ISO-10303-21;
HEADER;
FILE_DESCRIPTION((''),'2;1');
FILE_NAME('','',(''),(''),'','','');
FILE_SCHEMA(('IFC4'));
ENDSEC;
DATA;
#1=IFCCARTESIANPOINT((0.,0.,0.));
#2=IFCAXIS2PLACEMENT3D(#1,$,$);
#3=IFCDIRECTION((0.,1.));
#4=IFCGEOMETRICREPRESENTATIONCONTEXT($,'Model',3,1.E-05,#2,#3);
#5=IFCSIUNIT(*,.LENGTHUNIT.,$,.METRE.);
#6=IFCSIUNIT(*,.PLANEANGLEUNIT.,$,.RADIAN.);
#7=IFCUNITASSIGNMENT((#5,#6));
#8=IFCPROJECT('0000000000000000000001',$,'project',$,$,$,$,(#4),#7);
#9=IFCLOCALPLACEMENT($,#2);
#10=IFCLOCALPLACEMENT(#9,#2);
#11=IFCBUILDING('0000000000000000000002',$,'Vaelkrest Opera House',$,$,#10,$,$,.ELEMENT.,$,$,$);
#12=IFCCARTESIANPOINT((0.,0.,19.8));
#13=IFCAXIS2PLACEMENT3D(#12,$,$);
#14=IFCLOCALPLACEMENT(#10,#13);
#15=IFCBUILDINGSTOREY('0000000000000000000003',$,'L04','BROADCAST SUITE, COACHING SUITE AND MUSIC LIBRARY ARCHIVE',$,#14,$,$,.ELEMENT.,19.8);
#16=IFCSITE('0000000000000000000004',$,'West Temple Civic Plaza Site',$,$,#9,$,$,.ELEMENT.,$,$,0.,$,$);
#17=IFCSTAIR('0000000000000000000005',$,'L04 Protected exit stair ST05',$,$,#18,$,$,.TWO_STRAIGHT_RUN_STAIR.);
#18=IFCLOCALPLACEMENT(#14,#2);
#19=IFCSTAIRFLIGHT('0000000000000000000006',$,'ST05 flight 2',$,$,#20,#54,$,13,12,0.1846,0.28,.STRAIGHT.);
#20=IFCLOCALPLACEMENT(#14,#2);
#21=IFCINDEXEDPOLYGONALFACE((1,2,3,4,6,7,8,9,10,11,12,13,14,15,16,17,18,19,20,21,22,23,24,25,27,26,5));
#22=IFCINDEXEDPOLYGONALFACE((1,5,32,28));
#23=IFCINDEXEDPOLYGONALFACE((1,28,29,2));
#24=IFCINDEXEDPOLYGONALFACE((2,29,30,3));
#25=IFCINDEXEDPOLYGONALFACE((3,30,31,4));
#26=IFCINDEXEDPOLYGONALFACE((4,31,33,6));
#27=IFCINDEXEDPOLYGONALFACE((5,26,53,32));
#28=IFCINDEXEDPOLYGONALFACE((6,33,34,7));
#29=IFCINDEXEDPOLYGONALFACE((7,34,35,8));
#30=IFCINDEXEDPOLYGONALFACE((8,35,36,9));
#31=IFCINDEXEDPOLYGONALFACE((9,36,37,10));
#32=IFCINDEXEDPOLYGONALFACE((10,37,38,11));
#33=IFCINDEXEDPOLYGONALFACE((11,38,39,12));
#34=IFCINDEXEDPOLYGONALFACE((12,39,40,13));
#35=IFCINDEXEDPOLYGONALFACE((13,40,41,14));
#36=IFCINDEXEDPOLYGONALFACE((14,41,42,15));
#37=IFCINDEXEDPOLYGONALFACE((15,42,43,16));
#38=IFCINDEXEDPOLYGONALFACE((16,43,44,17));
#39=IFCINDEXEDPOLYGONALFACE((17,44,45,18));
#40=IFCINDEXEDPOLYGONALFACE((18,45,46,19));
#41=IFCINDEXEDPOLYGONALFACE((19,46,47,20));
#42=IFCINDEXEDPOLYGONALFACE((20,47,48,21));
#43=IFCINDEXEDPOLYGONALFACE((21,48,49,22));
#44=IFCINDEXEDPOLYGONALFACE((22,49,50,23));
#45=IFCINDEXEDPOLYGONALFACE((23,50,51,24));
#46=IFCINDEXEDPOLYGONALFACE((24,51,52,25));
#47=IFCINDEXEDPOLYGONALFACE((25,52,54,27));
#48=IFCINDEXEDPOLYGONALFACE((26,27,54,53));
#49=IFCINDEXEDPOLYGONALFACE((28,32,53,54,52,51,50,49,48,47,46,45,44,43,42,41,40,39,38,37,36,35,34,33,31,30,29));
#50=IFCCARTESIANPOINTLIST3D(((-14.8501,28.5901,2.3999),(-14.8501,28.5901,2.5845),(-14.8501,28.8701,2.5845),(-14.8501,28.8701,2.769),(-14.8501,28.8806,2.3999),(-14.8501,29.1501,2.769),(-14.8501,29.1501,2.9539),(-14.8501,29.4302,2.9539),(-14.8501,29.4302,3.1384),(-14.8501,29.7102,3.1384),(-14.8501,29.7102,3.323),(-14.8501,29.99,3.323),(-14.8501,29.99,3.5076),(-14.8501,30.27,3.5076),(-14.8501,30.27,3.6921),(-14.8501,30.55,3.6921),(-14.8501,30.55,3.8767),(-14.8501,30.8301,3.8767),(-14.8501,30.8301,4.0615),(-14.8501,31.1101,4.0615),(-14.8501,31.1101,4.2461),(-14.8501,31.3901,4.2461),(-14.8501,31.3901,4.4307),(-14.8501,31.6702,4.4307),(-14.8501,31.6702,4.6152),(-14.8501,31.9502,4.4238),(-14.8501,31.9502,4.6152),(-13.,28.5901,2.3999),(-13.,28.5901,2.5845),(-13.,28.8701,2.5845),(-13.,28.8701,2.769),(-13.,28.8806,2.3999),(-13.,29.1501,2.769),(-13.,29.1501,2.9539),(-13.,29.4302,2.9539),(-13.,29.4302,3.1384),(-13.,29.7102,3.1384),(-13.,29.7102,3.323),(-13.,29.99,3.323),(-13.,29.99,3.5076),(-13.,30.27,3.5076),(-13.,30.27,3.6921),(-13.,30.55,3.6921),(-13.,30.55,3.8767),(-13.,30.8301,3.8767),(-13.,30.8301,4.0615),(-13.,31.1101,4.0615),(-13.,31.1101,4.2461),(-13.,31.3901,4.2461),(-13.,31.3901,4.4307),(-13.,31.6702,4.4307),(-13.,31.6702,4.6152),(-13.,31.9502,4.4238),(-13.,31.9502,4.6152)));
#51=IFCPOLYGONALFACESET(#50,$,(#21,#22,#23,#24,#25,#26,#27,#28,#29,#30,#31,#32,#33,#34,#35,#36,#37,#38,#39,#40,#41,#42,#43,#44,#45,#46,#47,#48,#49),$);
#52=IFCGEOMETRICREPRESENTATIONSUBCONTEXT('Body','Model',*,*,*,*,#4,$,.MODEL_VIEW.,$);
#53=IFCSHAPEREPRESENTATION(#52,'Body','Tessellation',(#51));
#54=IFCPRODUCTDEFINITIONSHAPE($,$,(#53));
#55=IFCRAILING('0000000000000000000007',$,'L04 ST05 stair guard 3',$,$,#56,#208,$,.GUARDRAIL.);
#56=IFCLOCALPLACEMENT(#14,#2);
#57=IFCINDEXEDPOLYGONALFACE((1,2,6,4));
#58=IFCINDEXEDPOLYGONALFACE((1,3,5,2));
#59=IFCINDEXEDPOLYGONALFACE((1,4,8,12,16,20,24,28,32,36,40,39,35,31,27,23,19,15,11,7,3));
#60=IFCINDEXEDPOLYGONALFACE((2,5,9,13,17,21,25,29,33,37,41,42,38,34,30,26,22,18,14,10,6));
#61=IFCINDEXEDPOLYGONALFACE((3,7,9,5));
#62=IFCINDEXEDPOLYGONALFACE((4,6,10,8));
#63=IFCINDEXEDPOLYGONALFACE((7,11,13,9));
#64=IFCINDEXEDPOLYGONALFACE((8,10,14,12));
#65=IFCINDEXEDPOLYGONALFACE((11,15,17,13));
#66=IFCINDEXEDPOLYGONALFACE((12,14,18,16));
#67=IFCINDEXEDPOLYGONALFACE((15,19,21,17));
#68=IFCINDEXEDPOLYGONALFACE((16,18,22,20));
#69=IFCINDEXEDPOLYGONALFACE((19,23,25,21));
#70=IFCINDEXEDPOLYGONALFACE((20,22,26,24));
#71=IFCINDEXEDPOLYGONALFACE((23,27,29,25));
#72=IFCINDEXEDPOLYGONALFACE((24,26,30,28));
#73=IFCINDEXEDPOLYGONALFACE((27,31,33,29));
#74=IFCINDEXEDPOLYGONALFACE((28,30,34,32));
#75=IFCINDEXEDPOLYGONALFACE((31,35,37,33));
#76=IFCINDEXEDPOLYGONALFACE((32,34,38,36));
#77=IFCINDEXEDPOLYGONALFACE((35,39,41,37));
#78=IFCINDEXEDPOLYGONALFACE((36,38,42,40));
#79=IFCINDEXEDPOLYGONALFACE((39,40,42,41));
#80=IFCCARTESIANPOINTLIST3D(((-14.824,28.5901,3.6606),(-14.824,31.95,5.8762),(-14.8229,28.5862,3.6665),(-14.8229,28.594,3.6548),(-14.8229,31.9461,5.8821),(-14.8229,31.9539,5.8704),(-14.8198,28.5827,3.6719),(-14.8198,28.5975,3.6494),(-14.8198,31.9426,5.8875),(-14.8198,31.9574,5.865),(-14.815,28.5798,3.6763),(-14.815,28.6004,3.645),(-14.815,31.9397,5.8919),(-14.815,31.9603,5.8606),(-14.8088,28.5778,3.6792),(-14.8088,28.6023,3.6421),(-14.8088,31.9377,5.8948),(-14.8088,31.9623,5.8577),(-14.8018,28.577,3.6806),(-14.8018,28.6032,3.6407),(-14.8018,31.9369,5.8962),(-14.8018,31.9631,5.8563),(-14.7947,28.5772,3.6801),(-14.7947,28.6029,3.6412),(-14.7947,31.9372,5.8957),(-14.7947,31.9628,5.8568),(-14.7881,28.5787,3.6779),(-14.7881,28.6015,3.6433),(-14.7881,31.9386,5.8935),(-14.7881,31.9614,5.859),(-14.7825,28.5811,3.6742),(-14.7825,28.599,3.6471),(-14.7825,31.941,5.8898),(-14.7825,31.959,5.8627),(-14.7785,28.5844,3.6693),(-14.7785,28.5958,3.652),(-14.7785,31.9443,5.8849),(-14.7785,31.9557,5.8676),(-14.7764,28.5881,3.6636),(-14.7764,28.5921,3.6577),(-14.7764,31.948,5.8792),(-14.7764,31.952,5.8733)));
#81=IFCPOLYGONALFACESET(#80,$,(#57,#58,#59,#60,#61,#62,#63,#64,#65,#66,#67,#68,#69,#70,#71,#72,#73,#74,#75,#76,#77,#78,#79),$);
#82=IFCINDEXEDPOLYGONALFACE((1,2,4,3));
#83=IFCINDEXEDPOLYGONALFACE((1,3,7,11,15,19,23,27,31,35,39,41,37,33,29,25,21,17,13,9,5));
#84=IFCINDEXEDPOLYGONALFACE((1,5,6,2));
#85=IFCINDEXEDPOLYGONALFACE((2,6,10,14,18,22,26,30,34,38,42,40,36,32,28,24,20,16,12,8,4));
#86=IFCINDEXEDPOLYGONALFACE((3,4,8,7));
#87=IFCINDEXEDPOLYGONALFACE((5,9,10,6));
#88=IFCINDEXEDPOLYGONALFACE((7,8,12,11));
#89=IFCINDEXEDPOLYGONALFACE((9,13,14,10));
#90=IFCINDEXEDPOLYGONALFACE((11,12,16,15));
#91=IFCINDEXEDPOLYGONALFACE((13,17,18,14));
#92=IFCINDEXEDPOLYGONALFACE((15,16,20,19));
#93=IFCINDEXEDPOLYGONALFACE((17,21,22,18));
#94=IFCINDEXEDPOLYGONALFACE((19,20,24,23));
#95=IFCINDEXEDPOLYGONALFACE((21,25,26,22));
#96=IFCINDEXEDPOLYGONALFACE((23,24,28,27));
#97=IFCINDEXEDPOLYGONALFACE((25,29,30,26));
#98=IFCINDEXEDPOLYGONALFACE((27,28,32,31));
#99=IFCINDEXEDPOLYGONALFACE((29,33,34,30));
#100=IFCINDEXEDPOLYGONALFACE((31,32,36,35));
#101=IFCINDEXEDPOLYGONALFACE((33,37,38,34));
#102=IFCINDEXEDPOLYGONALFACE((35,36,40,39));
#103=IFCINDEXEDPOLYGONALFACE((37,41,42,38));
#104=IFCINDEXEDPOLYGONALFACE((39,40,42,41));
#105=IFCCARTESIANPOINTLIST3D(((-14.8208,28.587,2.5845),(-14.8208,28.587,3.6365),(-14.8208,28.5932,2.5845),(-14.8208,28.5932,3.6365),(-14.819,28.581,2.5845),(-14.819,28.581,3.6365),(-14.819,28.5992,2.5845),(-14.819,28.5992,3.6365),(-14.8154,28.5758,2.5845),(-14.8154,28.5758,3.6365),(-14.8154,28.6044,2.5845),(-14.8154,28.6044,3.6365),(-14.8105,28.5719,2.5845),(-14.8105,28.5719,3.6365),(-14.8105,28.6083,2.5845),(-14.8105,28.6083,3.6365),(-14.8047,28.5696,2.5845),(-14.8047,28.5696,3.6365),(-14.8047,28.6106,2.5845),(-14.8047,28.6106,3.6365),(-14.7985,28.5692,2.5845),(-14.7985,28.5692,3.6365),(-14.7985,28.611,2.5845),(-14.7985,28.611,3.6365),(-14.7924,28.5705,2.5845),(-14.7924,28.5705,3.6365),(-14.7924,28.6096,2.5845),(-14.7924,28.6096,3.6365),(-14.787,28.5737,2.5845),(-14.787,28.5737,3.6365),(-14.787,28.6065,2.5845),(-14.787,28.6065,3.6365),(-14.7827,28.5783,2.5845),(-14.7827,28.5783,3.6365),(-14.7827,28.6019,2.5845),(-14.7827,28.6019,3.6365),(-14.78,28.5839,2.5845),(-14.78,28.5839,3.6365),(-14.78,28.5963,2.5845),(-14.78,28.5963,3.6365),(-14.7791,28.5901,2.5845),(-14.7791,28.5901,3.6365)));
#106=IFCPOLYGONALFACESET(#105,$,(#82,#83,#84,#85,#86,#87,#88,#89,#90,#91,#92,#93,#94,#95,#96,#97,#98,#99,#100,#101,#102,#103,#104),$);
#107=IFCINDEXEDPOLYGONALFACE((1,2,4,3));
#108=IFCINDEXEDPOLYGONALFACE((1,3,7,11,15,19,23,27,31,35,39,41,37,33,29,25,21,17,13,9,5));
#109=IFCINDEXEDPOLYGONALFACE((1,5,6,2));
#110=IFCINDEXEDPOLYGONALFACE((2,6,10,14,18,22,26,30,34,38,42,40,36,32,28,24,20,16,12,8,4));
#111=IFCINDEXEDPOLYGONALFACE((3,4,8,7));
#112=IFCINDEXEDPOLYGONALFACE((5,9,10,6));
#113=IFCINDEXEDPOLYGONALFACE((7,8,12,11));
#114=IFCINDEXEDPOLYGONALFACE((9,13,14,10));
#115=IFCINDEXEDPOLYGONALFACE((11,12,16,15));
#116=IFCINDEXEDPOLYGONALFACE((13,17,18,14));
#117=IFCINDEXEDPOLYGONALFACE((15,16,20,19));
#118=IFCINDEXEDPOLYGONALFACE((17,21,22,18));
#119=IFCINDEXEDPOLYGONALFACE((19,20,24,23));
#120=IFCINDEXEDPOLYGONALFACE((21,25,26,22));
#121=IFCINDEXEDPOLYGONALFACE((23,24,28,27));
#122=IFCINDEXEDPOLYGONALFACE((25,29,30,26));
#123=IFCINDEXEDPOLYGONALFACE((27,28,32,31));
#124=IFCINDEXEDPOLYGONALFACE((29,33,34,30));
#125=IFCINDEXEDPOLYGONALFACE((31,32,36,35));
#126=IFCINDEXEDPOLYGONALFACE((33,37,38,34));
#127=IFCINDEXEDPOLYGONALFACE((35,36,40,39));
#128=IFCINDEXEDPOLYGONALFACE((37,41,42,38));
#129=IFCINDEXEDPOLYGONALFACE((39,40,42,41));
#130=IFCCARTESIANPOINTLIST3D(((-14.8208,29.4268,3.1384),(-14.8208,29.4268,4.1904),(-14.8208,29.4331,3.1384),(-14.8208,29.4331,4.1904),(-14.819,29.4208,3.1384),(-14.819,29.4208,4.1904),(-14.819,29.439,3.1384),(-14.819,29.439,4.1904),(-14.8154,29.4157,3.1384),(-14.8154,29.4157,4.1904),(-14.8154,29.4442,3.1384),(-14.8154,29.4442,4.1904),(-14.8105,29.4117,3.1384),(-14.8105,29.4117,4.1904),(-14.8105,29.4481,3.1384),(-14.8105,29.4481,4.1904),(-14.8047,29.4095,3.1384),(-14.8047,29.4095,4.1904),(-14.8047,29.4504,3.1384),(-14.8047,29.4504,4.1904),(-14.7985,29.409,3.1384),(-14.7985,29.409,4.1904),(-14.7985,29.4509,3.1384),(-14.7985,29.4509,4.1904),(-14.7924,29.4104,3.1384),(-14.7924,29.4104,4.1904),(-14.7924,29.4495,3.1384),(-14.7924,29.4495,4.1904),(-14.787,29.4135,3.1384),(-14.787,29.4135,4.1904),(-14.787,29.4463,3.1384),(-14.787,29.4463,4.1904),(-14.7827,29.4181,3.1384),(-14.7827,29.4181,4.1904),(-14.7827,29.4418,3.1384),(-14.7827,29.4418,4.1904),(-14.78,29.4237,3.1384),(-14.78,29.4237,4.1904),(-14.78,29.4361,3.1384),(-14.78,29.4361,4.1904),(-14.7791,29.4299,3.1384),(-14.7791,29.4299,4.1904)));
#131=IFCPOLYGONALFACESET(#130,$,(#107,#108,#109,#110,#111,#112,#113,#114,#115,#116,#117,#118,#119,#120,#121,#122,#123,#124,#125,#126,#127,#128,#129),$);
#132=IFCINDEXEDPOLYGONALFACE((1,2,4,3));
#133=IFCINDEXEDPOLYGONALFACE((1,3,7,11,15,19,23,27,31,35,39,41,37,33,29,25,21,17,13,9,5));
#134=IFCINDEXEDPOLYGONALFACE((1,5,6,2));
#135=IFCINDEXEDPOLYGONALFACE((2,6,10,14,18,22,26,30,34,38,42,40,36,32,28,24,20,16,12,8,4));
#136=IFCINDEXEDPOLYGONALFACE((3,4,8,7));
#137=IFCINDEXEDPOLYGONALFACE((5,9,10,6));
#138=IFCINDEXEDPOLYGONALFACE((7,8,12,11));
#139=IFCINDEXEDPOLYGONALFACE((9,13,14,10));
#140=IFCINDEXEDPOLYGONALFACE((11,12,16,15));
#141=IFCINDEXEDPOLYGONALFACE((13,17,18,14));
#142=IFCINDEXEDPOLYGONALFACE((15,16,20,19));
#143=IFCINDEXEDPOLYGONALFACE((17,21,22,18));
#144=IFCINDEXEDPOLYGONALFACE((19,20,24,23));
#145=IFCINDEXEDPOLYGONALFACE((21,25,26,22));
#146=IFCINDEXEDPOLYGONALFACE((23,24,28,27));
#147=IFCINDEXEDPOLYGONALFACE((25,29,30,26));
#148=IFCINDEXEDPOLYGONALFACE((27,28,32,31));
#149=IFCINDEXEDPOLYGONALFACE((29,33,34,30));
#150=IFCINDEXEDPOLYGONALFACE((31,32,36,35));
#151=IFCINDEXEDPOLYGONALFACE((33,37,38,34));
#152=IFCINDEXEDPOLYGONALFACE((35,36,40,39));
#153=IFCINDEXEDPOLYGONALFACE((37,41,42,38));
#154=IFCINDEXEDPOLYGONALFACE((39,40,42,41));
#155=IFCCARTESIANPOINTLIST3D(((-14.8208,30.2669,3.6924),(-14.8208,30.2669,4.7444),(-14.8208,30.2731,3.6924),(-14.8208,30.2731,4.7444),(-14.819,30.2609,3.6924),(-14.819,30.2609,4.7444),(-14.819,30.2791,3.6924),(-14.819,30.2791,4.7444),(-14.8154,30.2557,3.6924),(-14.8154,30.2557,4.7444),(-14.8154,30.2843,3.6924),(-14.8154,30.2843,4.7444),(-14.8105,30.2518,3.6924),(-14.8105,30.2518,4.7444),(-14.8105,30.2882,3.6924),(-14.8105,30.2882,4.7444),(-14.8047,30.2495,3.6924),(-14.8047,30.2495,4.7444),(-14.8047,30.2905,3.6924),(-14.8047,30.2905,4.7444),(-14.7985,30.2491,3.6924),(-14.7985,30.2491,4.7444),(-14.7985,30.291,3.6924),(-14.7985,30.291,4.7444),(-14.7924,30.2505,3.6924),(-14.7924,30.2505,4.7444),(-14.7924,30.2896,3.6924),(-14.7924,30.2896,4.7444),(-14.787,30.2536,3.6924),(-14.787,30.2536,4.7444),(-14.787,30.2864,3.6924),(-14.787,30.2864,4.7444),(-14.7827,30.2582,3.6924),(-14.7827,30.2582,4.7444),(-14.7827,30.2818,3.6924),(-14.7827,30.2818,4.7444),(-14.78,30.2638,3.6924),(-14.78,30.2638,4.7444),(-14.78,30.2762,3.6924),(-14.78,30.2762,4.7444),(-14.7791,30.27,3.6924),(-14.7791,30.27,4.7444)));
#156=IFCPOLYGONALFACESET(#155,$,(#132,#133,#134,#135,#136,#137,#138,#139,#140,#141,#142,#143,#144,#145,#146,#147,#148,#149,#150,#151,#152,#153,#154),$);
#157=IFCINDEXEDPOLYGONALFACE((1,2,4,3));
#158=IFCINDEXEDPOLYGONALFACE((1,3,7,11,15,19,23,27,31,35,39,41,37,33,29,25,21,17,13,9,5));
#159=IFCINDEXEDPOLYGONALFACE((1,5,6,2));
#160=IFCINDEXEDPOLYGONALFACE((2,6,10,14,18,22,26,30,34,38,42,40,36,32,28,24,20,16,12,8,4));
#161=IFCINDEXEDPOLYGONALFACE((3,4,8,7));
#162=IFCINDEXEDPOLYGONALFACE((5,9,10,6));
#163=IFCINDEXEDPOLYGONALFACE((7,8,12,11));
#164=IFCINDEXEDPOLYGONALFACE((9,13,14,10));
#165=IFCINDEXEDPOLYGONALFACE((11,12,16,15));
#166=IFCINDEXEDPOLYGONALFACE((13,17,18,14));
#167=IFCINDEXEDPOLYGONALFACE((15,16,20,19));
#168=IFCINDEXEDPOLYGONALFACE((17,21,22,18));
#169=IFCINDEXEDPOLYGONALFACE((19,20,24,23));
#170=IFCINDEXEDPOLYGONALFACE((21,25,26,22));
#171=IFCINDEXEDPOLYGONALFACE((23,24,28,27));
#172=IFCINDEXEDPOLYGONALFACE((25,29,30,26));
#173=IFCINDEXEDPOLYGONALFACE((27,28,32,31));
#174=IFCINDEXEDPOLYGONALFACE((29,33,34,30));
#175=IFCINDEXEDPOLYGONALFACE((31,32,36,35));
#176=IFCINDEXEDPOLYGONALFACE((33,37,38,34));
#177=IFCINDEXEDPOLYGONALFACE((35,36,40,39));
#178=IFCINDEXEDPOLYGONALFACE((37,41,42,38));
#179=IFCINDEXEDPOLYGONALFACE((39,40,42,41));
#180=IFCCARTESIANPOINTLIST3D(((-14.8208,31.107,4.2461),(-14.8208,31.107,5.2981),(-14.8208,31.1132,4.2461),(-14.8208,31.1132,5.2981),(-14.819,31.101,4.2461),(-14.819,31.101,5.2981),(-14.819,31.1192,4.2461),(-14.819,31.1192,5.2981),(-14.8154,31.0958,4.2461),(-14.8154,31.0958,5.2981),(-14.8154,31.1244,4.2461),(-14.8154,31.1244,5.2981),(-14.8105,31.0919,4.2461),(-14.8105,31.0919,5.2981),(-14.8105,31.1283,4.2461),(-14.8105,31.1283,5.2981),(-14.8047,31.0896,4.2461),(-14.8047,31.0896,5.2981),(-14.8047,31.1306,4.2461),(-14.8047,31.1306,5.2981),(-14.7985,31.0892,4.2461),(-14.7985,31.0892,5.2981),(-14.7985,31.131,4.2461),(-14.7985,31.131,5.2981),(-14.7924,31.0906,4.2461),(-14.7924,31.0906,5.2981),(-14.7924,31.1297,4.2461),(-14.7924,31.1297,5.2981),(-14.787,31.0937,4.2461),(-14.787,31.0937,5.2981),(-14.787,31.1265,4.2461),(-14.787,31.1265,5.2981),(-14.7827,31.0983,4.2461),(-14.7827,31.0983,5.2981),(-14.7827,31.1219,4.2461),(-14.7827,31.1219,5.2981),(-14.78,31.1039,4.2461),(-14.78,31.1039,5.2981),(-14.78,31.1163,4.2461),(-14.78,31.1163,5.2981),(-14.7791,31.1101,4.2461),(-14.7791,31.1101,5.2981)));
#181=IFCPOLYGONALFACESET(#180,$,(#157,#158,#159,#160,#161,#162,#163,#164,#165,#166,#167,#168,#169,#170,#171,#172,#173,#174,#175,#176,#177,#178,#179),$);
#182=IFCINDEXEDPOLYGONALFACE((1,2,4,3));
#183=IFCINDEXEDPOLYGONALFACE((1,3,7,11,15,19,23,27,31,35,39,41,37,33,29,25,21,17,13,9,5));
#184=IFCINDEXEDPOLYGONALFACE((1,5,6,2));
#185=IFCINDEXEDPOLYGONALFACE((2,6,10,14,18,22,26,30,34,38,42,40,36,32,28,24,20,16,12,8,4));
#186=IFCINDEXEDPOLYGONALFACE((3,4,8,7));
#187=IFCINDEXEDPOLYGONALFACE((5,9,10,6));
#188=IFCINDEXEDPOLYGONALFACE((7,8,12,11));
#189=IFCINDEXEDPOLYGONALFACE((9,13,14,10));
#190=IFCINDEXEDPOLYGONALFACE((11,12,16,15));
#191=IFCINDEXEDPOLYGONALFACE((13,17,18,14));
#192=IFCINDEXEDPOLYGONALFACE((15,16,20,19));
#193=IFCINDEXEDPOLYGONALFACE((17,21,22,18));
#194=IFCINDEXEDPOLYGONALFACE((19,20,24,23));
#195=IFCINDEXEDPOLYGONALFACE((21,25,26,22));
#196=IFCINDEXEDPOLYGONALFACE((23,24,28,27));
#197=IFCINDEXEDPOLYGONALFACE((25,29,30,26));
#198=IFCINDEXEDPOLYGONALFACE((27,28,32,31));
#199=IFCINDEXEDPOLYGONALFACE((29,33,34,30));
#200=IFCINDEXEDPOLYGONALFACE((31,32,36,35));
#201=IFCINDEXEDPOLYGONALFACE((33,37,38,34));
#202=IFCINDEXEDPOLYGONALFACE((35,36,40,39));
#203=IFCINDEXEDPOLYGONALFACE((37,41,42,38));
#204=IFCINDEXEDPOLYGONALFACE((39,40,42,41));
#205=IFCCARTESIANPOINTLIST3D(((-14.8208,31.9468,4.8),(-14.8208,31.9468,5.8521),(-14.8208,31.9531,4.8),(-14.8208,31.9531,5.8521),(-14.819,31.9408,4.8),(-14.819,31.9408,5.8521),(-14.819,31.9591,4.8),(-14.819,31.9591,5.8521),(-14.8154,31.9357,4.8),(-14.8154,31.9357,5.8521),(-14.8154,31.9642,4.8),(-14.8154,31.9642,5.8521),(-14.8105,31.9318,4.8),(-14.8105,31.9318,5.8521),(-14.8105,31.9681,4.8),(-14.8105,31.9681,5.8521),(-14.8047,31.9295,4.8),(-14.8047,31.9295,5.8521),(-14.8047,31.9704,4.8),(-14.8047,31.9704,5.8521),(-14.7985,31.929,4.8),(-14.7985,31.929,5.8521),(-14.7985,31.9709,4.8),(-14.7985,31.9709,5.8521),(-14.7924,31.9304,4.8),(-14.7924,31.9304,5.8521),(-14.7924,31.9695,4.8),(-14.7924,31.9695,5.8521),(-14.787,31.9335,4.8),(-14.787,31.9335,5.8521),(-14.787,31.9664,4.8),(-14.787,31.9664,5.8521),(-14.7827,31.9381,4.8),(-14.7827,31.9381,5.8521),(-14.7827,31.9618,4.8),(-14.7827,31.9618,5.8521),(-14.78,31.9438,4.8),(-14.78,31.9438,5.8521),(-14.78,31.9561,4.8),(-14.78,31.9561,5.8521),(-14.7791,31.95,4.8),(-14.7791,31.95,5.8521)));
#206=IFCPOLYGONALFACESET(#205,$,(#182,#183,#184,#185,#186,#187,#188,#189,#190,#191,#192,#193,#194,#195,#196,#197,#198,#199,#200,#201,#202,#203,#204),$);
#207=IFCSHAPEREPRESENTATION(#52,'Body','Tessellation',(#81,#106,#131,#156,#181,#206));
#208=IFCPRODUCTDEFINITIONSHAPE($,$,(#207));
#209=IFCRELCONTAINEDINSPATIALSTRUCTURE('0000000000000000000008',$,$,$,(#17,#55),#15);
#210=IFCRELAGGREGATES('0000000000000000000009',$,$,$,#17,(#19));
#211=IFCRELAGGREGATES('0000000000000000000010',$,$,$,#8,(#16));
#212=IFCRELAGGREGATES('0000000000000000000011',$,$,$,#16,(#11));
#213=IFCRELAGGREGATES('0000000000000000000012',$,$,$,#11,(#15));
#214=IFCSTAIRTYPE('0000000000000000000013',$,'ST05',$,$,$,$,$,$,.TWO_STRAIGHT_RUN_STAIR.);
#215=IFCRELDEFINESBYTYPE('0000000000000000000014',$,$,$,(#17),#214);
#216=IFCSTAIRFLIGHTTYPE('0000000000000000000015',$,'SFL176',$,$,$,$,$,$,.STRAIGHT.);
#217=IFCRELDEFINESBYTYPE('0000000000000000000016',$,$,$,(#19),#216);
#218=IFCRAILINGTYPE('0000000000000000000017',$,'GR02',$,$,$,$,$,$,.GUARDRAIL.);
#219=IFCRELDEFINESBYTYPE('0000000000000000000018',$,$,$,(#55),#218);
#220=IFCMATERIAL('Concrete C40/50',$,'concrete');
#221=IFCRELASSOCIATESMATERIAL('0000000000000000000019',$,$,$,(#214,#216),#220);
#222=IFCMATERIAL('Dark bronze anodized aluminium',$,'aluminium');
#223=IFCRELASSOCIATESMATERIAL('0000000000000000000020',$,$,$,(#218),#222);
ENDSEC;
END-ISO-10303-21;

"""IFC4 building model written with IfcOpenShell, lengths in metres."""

from ifc_helpers import new_model, si_unit, direction, frame, origin, origin_2d, place, context, subcontext, project, spatial, polyline, circle, outline, extrude, material, type_object, element, aggregate, save


model = new_model("IFC4")

# Units and contexts
model_context = context("Model", 3, precision=1e-05, world=origin(), true_north=direction((0.0, 1.0)))
body_context = subcontext(model_context, "Body", "Model", "MODEL_VIEW")
ifc_project = project(units=[si_unit("LENGTHUNIT", "METRE"), si_unit("PLANEANGLEUNIT", "RADIAN")], contexts=[model_context])

# Site, building, storey
site_placement = place(None, origin())
site = spatial("IfcSite", under=ifc_project, at=site_placement, Name="West Temple Civic Plaza Site", CompositionType="ELEMENT", RefElevation=0.0)
building_placement = place(site_placement, origin())
building = spatial("IfcBuilding", under=site, at=building_placement, Name="Vaelkrest Opera House", CompositionType="ELEMENT")
storey_placement = place(building_placement, frame((0.0, 0.0, 19.8)))
storey = spatial("IfcBuildingStorey", under=building, at=storey_placement, Name="L04", Description="BROADCAST SUITE, COACHING SUITE AND MUSIC LIBRARY ARCHIVE", CompositionType="ELEMENT", Elevation=19.8)

# Shared definitions
ifc_material_1 = material(Name="Concrete C40/50", Category="concrete")

# Stair, stair flight
stair_type = type_object("IfcStairType", Name="ST05", PredefinedType="TWO_STRAIGHT_RUN_STAIR", material=ifc_material_1)
stair_placement = place(storey_placement, origin())
stair = element("IfcStair", 1, at=stair_placement, inside=storey, type_object=stair_type, Name="L04 Protected exit stair ST05", PredefinedType="TWO_STRAIGHT_RUN_STAIR")
stair_flight_type = type_object("IfcStairFlightType", Name="SFL176", PredefinedType="STRAIGHT", material=ifc_material_1)
stair_flight_placement = place(storey_placement, frame((-13.925, 28.5901, 2.3999), z_axis=(0.0, 0.0, 1.0), x_axis=(0.0, 1.0, 0.0)))
stair_flight = element("IfcStairFlight", 2, at=stair_flight_placement, type_object=stair_flight_type, Name="ST05 flight 2", NumberOfRisers=13, NumberOfTreads=12, PredefinedType="STRAIGHT", RiserHeight=0.1846, TreadLength=0.28, context=body_context, shape_type="SweptSolid", body=[
    extrude(outline(polyline([(0.0, 0.0), (0.0, 0.1846), (0.28, 0.1846), (0.28, 0.3691), (0.5601, 0.3691), (0.5601, 0.554), (0.8401, 0.554), (0.8401, 0.7385), (1.1201, 0.7385), (1.1201, 0.9231), (1.3999, 0.9231), (1.3999, 1.1077), (1.6799, 1.1077), (1.6799, 1.2922), (1.96, 1.2922), (1.96, 1.4768), (2.24, 1.4768), (2.24, 1.6616), (2.52, 1.6616), (2.52, 1.8462), (2.8, 1.8462), (2.8, 2.0308), (3.0801, 2.0308), (3.0801, 2.2153), (3.3601, 2.2153), (3.3601, 2.3999), (3.3601, 2.0239), (0.2905, 0.0), (0.0, 0.0)])), frame((0.0, 0.925, 0.0), z_axis=(0.0, -1.0, 0.0), x_axis=(1.0, 0.0, 0.0)), (0.0, 0.0, 1.0), 1.8501),
])
aggregate(stair, [stair_flight])

# Railing
ifc_material_2 = material(Name="Dark bronze anodized aluminium", Category="aluminium")
railing_type_1 = type_object("IfcRailingType", Name="GR02", PredefinedType="GUARDRAIL", material=ifc_material_2)
railing_1_placement = place(storey_placement, frame((-14.8, 28.5901, 2.5845)))
element("IfcRailing", 3, at=railing_1_placement, inside=storey, type_object=railing_type_1, Name="L04 ST05 stair guard 3", PredefinedType="GUARDRAIL", context=body_context, shape_type="SweptSolid", body=[
    extrude(circle(Radius=0.0239, at=origin_2d()), frame((0.0, 0.0, 1.0762), z_axis=(0.0, 0.83483, 0.550508), x_axis=(-1.0, 0.0, 0.0)), (0.0, 0.0, 1.0), 4.0247),
    extrude(circle(Radius=0.021, at=origin_2d()), origin(), (0.0, 0.0, 1.0), 1.052),
    extrude(circle(Radius=0.021, at=origin_2d()), frame((0.0, 0.8398, 0.554)), (0.0, 0.0, 1.0), 1.052),
    extrude(circle(Radius=0.021, at=origin_2d()), frame((0.0, 1.6799, 1.1079)), (0.0, 0.0, 1.0), 1.052),
    extrude(circle(Radius=0.021, at=origin_2d()), frame((0.0, 2.52, 1.6616)), (0.0, 0.0, 1.0), 1.052),
    extrude(circle(Radius=0.021, at=origin_2d()), frame((0.0, 3.3599, 2.2156)), (0.0, 0.0, 1.0), 1.052),
])

save(model, "model.ifc")
